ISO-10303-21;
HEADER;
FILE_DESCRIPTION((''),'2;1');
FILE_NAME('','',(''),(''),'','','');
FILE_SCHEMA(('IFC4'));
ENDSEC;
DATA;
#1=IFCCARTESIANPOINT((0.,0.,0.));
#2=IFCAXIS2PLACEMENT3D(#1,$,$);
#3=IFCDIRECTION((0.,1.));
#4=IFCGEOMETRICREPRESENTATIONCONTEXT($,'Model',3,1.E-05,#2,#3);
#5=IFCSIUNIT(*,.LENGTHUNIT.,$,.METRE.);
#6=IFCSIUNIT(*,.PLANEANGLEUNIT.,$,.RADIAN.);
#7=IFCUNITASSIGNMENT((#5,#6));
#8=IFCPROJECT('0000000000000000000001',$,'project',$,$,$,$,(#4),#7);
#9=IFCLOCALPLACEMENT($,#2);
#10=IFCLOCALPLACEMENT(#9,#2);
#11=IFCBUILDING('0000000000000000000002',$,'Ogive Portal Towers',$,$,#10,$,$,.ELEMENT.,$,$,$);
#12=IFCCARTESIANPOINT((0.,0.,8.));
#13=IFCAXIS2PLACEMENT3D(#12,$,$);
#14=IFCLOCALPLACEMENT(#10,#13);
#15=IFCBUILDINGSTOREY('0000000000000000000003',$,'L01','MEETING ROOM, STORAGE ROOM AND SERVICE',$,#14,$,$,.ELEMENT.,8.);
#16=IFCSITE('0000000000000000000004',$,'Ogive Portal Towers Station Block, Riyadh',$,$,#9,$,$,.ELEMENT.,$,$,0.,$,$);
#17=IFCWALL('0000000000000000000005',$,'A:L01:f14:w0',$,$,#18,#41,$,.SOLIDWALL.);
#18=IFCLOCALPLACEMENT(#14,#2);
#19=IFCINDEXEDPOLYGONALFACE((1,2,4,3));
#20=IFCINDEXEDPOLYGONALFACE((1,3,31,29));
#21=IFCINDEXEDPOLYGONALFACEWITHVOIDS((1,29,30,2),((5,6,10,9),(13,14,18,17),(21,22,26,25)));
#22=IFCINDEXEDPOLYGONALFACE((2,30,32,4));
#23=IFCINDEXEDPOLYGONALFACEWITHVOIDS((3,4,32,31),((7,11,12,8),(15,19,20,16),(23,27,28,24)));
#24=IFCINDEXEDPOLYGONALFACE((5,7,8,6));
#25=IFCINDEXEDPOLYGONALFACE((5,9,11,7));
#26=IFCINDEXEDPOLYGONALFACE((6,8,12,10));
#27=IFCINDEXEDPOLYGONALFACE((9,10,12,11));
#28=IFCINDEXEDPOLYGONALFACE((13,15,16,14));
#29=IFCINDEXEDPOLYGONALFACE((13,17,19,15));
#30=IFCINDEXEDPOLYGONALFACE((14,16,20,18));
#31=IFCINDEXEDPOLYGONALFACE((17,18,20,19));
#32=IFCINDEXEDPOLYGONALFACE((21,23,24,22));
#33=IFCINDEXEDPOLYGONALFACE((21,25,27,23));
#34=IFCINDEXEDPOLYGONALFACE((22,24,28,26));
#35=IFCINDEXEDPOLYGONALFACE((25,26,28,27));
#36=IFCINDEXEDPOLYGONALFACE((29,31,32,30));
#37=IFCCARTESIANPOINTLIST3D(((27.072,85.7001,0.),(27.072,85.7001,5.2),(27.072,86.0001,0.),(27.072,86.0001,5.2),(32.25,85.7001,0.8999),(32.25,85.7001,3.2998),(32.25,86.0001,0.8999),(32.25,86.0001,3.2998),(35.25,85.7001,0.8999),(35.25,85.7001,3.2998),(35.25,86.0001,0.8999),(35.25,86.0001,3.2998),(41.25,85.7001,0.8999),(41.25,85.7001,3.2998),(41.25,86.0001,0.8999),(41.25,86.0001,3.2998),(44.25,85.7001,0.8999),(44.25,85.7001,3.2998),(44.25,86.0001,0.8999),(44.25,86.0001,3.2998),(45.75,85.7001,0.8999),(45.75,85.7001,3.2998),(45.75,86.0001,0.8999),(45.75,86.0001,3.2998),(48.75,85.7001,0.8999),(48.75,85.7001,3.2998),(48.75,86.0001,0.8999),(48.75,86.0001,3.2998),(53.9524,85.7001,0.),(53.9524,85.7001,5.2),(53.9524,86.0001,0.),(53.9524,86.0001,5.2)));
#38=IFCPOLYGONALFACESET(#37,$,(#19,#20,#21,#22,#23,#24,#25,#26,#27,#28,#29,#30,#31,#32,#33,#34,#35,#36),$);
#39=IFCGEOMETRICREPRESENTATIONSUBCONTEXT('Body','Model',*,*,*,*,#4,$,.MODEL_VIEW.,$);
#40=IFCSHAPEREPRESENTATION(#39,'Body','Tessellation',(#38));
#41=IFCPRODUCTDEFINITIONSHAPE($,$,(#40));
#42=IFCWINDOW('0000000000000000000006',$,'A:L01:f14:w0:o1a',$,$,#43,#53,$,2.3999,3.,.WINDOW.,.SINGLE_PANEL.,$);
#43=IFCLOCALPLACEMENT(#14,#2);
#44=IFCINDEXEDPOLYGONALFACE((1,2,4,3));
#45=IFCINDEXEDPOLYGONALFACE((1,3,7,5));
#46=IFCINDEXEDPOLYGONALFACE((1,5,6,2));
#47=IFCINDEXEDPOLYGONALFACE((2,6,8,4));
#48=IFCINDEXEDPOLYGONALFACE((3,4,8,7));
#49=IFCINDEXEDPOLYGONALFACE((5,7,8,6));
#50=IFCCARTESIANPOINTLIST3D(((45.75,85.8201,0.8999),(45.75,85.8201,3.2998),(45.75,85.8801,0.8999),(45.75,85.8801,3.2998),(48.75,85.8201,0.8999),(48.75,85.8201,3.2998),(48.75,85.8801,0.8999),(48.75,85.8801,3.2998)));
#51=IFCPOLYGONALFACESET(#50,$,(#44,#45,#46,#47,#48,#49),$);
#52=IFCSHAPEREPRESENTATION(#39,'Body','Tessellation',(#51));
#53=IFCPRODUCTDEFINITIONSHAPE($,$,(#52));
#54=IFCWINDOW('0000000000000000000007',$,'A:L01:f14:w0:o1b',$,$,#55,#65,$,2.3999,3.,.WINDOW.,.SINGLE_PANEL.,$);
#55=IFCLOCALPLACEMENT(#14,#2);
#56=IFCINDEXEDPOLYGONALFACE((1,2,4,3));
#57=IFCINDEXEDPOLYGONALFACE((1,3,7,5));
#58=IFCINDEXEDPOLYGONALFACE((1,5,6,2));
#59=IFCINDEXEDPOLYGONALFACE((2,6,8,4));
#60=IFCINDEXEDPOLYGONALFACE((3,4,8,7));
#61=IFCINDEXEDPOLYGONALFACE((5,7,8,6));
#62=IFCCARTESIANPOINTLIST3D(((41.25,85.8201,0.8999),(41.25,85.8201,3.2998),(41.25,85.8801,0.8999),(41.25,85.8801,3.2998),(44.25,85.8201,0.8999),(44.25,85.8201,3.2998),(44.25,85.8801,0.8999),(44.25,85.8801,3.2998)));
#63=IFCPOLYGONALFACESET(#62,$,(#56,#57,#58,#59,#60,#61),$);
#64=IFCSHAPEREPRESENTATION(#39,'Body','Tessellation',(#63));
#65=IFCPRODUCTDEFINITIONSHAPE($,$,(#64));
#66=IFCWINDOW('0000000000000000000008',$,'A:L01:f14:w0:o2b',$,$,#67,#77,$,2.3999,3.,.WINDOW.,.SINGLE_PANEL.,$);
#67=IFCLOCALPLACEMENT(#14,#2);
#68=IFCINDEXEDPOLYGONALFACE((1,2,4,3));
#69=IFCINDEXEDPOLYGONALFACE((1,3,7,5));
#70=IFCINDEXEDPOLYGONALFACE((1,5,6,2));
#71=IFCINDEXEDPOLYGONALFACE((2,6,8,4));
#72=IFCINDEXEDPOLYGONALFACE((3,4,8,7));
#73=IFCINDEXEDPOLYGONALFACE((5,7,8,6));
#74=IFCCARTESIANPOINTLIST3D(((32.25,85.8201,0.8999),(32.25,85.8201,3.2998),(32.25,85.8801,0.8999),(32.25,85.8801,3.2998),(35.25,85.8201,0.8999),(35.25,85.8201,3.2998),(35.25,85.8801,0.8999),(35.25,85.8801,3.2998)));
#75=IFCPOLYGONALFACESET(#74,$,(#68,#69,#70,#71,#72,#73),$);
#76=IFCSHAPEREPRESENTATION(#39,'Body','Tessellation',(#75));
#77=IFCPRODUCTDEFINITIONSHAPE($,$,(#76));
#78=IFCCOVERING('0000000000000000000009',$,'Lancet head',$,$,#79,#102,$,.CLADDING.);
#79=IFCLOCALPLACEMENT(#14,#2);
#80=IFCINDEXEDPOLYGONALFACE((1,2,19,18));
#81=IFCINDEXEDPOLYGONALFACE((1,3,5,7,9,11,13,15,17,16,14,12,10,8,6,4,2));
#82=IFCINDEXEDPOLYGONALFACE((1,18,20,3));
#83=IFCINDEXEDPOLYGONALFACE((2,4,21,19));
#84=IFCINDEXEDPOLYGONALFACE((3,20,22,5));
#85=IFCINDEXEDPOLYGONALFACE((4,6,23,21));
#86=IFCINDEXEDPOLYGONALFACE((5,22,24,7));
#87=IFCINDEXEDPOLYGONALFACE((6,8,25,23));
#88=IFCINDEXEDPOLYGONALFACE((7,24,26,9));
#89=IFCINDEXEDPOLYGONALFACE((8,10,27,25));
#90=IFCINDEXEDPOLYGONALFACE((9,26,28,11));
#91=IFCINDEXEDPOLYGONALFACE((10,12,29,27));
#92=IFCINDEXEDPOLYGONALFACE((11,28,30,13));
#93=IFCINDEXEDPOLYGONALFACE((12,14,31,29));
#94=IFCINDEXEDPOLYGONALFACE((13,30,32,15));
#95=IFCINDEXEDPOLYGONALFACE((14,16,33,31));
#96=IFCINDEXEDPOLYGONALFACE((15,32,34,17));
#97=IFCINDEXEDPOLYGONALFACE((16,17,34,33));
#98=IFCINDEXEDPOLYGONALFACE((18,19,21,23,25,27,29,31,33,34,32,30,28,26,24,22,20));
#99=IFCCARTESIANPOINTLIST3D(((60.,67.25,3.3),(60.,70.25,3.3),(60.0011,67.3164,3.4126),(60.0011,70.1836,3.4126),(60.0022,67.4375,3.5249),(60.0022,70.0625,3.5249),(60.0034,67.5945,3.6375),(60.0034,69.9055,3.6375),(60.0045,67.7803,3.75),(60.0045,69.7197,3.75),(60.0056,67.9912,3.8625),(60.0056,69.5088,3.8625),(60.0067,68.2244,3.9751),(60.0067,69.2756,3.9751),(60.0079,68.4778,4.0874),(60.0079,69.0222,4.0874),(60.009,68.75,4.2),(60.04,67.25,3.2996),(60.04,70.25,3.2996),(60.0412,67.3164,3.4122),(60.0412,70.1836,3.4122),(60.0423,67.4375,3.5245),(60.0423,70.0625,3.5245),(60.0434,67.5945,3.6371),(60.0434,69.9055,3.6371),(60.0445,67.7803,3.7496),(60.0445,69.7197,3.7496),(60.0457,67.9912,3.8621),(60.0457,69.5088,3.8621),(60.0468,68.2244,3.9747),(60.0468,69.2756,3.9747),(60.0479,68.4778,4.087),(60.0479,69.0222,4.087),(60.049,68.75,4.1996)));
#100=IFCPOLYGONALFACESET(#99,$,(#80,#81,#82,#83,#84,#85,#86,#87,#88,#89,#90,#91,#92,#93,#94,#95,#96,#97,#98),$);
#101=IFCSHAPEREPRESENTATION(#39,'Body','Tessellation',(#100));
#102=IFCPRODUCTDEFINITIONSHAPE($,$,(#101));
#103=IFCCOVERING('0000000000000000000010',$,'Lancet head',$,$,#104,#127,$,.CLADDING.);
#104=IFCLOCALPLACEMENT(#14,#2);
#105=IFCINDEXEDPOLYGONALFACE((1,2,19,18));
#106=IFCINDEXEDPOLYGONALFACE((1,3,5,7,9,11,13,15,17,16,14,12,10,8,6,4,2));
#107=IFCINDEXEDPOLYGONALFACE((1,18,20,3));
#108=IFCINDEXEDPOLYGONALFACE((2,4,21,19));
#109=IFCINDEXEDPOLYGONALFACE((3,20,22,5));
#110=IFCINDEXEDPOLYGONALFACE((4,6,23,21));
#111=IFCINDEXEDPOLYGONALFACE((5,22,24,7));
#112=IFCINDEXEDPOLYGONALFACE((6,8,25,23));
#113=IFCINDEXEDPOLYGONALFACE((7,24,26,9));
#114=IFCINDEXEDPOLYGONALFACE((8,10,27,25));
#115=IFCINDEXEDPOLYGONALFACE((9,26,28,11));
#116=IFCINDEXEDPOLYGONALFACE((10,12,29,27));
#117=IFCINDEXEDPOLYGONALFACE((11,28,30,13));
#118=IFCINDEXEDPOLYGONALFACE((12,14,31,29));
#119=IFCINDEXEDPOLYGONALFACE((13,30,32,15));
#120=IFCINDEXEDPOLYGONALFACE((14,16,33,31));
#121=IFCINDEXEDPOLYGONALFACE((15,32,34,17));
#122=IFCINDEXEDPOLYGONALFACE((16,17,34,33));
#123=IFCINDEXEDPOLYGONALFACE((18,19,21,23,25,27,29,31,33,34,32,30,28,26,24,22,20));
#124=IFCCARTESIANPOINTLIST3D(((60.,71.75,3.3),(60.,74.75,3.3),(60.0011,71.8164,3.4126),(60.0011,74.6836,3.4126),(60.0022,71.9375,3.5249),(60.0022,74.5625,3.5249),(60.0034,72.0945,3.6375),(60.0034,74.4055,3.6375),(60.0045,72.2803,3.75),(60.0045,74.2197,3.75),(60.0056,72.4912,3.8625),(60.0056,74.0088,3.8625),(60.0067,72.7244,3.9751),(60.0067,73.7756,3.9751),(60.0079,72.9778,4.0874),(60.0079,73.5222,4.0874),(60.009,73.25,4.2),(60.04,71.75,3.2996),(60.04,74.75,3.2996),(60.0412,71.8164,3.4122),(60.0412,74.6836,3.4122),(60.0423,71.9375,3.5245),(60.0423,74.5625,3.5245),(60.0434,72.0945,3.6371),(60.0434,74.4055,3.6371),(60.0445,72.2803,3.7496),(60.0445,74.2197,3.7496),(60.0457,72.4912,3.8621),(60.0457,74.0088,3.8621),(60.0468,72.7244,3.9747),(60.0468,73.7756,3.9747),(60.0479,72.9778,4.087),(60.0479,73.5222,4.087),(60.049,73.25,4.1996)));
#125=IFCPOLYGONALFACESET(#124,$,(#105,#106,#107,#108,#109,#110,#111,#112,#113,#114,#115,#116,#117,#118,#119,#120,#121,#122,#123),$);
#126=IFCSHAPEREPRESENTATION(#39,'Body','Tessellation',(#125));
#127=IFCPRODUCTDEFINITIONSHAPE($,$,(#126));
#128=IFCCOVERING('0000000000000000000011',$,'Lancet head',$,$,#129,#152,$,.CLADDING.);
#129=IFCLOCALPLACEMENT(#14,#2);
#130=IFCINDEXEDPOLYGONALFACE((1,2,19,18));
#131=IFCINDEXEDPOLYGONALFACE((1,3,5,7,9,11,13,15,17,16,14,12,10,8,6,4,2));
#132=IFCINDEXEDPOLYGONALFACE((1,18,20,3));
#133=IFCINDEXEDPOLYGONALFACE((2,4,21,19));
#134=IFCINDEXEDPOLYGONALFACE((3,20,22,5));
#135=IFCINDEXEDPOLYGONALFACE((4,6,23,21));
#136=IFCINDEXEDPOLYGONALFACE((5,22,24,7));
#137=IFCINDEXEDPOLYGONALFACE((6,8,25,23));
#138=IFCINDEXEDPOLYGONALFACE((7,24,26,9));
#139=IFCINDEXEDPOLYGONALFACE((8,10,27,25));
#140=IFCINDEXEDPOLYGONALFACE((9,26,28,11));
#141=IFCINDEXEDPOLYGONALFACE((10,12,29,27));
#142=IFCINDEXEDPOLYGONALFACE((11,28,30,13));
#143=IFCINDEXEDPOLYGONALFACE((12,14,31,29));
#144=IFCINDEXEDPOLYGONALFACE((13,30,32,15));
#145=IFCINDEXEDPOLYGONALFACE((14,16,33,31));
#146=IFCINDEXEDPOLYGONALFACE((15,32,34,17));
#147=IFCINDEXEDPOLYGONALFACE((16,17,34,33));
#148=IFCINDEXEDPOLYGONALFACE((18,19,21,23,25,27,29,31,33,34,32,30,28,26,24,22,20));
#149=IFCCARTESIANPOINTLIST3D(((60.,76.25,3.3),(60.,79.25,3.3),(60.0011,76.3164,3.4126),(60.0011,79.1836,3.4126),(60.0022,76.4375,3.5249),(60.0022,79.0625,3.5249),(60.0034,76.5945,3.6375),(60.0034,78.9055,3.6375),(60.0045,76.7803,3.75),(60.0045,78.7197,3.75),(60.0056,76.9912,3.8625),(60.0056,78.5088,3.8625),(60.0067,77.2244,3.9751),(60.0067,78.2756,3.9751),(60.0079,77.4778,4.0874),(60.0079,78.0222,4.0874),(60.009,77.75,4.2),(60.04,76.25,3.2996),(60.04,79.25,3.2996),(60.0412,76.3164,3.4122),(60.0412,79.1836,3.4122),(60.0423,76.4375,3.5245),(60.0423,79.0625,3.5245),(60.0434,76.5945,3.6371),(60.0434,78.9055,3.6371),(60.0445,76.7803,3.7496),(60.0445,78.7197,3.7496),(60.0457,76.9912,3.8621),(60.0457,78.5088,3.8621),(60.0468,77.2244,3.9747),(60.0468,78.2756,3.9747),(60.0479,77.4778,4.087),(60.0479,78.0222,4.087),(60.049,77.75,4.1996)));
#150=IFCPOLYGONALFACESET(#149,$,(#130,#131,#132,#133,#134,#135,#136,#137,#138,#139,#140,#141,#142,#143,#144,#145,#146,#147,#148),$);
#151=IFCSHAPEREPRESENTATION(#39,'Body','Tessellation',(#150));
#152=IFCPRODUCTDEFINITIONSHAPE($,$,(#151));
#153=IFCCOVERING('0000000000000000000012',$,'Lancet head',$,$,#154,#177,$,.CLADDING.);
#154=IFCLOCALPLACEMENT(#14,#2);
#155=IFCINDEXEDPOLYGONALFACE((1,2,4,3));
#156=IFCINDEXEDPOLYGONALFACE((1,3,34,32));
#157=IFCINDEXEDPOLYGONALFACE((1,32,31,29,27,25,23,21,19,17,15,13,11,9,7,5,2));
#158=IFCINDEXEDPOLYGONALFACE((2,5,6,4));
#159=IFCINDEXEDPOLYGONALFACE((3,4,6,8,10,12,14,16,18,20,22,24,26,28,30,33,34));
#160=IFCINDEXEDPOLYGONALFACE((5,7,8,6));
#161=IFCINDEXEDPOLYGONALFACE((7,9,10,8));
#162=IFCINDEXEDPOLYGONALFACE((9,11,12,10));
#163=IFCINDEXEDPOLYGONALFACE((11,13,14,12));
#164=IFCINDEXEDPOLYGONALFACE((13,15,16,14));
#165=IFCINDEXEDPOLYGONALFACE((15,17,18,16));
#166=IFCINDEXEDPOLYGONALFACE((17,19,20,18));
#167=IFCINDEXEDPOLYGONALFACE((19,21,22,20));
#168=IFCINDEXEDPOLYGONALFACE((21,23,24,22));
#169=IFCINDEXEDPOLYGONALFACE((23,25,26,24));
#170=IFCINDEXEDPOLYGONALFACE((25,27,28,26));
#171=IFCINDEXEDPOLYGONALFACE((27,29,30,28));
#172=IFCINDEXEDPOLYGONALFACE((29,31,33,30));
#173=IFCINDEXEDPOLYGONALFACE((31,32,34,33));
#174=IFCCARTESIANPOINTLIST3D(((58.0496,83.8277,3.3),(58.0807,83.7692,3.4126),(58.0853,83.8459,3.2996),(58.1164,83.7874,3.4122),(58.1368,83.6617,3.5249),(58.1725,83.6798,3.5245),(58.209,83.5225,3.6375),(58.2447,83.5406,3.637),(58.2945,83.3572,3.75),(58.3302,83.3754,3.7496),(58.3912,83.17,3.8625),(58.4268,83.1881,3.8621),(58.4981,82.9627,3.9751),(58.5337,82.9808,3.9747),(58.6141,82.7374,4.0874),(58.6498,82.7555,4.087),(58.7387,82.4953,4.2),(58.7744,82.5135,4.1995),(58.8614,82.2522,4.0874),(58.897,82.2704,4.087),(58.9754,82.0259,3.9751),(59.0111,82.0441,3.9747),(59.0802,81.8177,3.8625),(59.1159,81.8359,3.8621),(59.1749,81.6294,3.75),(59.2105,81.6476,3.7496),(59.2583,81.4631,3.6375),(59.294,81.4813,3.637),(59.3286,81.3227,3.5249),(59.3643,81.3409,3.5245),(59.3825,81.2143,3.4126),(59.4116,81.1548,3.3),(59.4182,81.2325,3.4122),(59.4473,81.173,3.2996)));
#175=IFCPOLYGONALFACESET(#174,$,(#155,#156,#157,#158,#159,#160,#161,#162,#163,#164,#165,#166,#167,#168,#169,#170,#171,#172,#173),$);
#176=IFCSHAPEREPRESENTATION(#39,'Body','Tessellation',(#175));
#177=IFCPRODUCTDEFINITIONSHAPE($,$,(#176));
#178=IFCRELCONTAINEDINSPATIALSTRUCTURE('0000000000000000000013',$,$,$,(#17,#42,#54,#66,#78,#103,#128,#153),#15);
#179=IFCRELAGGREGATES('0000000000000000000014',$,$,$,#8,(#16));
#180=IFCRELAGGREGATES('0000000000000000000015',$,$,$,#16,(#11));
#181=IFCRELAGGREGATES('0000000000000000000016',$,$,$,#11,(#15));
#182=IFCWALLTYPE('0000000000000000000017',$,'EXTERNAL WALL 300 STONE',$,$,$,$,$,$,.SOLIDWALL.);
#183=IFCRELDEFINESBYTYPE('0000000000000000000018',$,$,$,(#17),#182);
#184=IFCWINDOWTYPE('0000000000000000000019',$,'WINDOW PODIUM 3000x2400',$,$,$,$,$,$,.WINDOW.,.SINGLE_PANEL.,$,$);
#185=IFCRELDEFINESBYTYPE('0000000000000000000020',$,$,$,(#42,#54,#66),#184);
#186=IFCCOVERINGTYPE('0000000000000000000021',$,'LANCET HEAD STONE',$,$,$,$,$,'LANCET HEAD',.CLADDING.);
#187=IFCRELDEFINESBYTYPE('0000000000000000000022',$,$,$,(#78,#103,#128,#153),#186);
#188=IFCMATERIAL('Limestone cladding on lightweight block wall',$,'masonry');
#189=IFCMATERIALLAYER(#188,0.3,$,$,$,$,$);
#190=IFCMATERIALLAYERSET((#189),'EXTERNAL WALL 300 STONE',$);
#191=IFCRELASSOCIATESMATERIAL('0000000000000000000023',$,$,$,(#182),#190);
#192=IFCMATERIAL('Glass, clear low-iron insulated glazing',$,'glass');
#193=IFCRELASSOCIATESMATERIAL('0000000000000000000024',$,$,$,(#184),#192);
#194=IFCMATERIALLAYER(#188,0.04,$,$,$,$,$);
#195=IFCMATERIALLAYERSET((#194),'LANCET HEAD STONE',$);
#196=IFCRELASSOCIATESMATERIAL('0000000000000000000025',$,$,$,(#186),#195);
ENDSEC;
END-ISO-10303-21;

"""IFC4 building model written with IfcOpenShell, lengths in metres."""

from ifc_helpers import new_model, si_unit, direction, frame, frame_2d, origin, place, context, subcontext, project, spatial, polyline, rectangle, outline, extrude, material, layer, layer_set, type_object, element, fill, save


model = new_model("IFC4")

# Units and contexts
model_context = context("Model", 3, precision=1e-05, world=origin(), true_north=direction((0.0, 1.0)))
body_context = subcontext(model_context, "Body", "Model", "MODEL_VIEW")
ifc_project = project(units=[si_unit("LENGTHUNIT", "METRE"), si_unit("PLANEANGLEUNIT", "RADIAN")], contexts=[model_context])

# Site, building, storey
site_placement = place(None, origin())
site = spatial("IfcSite", under=ifc_project, at=site_placement, Name="Ogive Portal Towers Station Block, Riyadh", CompositionType="ELEMENT", RefElevation=0.0)
building_placement = place(site_placement, origin())
building = spatial("IfcBuilding", under=site, at=building_placement, Name="Ogive Portal Towers", CompositionType="ELEMENT")
storey_placement = place(building_placement, frame((0.0, 0.0, 8.0)))
storey = spatial("IfcBuildingStorey", under=building, at=storey_placement, Name="L01", Description="MEETING ROOM, STORAGE ROOM AND SERVICE", CompositionType="ELEMENT", Elevation=8.0)

# Shared definitions
ifc_material_1 = material(Name="Limestone cladding on lightweight block wall", Category="masonry")
ifc_layer_1 = layer(ifc_material_1, 0.3)
ifc_layer_set_1 = layer_set([ifc_layer_1], Name="EXTERNAL WALL 300 STONE")
wall_type = type_object("IfcWallType", Name="EXTERNAL WALL 300 STONE", PredefinedType="SOLIDWALL", material=ifc_layer_set_1)
ifc_material_2 = material(Name="Glass, clear low-iron insulated glazing", Category="glass")
window_type = type_object("IfcWindowType", Name="WINDOW PODIUM 3000x2400", PartitioningType="SINGLE_PANEL", PredefinedType="WINDOW", material=ifc_material_2)

# Wall, openings, windows
wall_1_placement = place(storey_placement, frame((53.9524, 85.8501, 0.0), z_axis=(0.0, 0.0, 1.0), x_axis=(-1.0, 0.0, 0.0)))
wall_1 = element("IfcWall", 1, at=wall_1_placement, inside=storey, type_object=wall_type, Name="A:L01:f14:w0", PredefinedType="SOLIDWALL", context=body_context, shape_type="SweptSolid", body=[
    extrude(rectangle(XDim=26.8804, YDim=0.3, at=frame_2d((13.4402, 0.0))), origin(), (0.0, 0.0, 1.0), 5.2),
])
opening_1_placement = place(wall_1_placement, frame((5.2024, 0.0, 0.8999)))
opening_1 = element("IfcOpeningElement", 2, at=opening_1_placement, cuts=wall_1, PredefinedType="OPENING", context=body_context, shape_type="SweptSolid", body=[
    extrude(rectangle(XDim=3.0, YDim=2.3999, at=frame_2d((1.5, 1.2))), frame((0.0, 0.1602, 0.0), z_axis=(0.0, -1.0, 0.0), x_axis=(1.0, 0.0, 0.0)), (0.0, 0.0, 1.0), 0.3201),
])
opening_2_placement = place(wall_1_placement, frame((9.7024, 0.0, 0.8999)))
opening_2 = element("IfcOpeningElement", 3, at=opening_2_placement, cuts=wall_1, PredefinedType="OPENING", context=body_context, shape_type="SweptSolid", body=[
    extrude(rectangle(XDim=3.0, YDim=2.3999, at=frame_2d((1.5, 1.2))), frame((0.0, 0.1602, 0.0), z_axis=(0.0, -1.0, 0.0), x_axis=(1.0, 0.0, 0.0)), (0.0, 0.0, 1.0), 0.3201),
])
opening_3_placement = place(wall_1_placement, frame((18.7024, 0.0, 0.8999)))
opening_3 = element("IfcOpeningElement", 4, at=opening_3_placement, cuts=wall_1, PredefinedType="OPENING", context=body_context, shape_type="SweptSolid", body=[
    extrude(rectangle(XDim=3.0, YDim=2.3999, at=frame_2d((1.5, 1.2))), frame((0.0, 0.1602, 0.0), z_axis=(0.0, -1.0, 0.0), x_axis=(1.0, 0.0, 0.0)), (0.0, 0.0, 1.0), 0.3201),
])
window_1_placement = place(opening_1_placement, origin())
window_1 = element("IfcWindow", 5, at=window_1_placement, inside=storey, type_object=window_type, Name="A:L01:f14:w0:o1a", OverallHeight=2.3999, OverallWidth=3.0, PartitioningType="SINGLE_PANEL", PredefinedType="WINDOW", context=body_context, shape_type="SweptSolid", body=[
    extrude(rectangle(XDim=3.0, YDim=2.3999, at=frame_2d((1.5, 1.2))), frame((0.0, 0.03, 0.0), z_axis=(0.0, -1.0, 0.0), x_axis=(1.0, 0.0, 0.0)), (0.0, 0.0, 1.0), 0.0601),
])
fill(opening_1, window_1)
window_2_placement = place(opening_2_placement, origin())
window_2 = element("IfcWindow", 6, at=window_2_placement, inside=storey, type_object=window_type, Name="A:L01:f14:w0:o1b", OverallHeight=2.3999, OverallWidth=3.0, PartitioningType="SINGLE_PANEL", PredefinedType="WINDOW", context=body_context, shape_type="SweptSolid", body=[
    extrude(rectangle(XDim=3.0, YDim=2.3999, at=frame_2d((1.5, 1.2))), frame((0.0, 0.03, 0.0), z_axis=(0.0, -1.0, 0.0), x_axis=(1.0, 0.0, 0.0)), (0.0, 0.0, 1.0), 0.0601),
])
fill(opening_2, window_2)
window_3_placement = place(opening_3_placement, origin())
window_3 = element("IfcWindow", 7, at=window_3_placement, inside=storey, type_object=window_type, Name="A:L01:f14:w0:o2b", OverallHeight=2.3999, OverallWidth=3.0, PartitioningType="SINGLE_PANEL", PredefinedType="WINDOW", context=body_context, shape_type="SweptSolid", body=[
    extrude(rectangle(XDim=3.0, YDim=2.3999, at=frame_2d((1.5, 1.2))), frame((0.0, 0.03, 0.0), z_axis=(0.0, -1.0, 0.0), x_axis=(1.0, 0.0, 0.0)), (0.0, 0.0, 1.0), 0.0601),
])
fill(opening_3, window_3)

# Coverings
ifc_layer_2 = layer(ifc_material_1, 0.04)
ifc_layer_set_2 = layer_set([ifc_layer_2], Name="LANCET HEAD STONE")
covering_type_1 = type_object("IfcCoveringType", Name="LANCET HEAD STONE", ElementType="LANCET HEAD", PredefinedType="CLADDING", material=ifc_layer_set_2)
for number, where, z_axis, x_axis, name in (
    (8, (60.0, 67.25, 3.3), (-0.99995, 0.0, 0.009994), (0.0, 1.0, 0.0), "Lancet head"),
    (9, (60.0, 71.75, 3.3), (-0.99995, 0.0, 0.009994), (0.0, 1.0, 0.0), "Lancet head"),
    (10, (60.0, 76.25, 3.3), (-0.99995, 0.0, 0.009994), (0.0, 1.0, 0.0), "Lancet head"),
):
    element("IfcCovering", number, at=place(storey_placement, frame(where, z_axis=z_axis, x_axis=x_axis)), inside=storey, type_object=covering_type_1, Name=name, PredefinedType="CLADDING", context=body_context, shape_type="SweptSolid", body=[
        extrude(outline(polyline([(0.0, 0.0), (3.0, 0.0), (2.9336, -0.1126), (2.8125, -0.2249), (2.6555, -0.3374), (2.4697, -0.45), (2.2588, -0.5625), (2.0256, -0.6751), (1.7722, -0.7874), (1.5, -0.8999), (1.2278, -0.7874), (0.9744, -0.6751), (0.7412, -0.5625), (0.5303, -0.45), (0.3445, -0.3374), (0.1875, -0.2249), (0.0664, -0.1126), (0.0, 0.0)])), origin(), (0.0, 0.0, -1.0), 0.04),
    ])
covering_placement = place(storey_placement, frame((59.4116, 81.1548, 3.3), z_axis=(-0.890951, -0.453987, 0.010108), x_axis=(-0.45401, 0.890997, 0.0)))
element("IfcCovering", 11, at=covering_placement, inside=storey, type_object=covering_type_1, Name="Lancet head", PredefinedType="CLADDING", context=body_context, shape_type="SweptSolid", body=[
    extrude(outline(polyline([(0.0, 0.0), (2.9999, 0.0), (2.9337, -0.1126), (2.8124, -0.2249), (2.6556, -0.3374), (2.4695, -0.45), (2.2588, -0.5625), (2.0256, -0.6751), (1.7721, -0.7874), (1.4999, -0.8999), (1.2276, -0.7874), (0.9742, -0.6751), (0.7411, -0.5625), (0.5304, -0.45), (0.3443, -0.3374), (0.1873, -0.2249), (0.0663, -0.1126), (0.0, 0.0)])), origin(), (0.0, 0.0, -1.0), 0.04),
])

save(model, "model.ifc")
